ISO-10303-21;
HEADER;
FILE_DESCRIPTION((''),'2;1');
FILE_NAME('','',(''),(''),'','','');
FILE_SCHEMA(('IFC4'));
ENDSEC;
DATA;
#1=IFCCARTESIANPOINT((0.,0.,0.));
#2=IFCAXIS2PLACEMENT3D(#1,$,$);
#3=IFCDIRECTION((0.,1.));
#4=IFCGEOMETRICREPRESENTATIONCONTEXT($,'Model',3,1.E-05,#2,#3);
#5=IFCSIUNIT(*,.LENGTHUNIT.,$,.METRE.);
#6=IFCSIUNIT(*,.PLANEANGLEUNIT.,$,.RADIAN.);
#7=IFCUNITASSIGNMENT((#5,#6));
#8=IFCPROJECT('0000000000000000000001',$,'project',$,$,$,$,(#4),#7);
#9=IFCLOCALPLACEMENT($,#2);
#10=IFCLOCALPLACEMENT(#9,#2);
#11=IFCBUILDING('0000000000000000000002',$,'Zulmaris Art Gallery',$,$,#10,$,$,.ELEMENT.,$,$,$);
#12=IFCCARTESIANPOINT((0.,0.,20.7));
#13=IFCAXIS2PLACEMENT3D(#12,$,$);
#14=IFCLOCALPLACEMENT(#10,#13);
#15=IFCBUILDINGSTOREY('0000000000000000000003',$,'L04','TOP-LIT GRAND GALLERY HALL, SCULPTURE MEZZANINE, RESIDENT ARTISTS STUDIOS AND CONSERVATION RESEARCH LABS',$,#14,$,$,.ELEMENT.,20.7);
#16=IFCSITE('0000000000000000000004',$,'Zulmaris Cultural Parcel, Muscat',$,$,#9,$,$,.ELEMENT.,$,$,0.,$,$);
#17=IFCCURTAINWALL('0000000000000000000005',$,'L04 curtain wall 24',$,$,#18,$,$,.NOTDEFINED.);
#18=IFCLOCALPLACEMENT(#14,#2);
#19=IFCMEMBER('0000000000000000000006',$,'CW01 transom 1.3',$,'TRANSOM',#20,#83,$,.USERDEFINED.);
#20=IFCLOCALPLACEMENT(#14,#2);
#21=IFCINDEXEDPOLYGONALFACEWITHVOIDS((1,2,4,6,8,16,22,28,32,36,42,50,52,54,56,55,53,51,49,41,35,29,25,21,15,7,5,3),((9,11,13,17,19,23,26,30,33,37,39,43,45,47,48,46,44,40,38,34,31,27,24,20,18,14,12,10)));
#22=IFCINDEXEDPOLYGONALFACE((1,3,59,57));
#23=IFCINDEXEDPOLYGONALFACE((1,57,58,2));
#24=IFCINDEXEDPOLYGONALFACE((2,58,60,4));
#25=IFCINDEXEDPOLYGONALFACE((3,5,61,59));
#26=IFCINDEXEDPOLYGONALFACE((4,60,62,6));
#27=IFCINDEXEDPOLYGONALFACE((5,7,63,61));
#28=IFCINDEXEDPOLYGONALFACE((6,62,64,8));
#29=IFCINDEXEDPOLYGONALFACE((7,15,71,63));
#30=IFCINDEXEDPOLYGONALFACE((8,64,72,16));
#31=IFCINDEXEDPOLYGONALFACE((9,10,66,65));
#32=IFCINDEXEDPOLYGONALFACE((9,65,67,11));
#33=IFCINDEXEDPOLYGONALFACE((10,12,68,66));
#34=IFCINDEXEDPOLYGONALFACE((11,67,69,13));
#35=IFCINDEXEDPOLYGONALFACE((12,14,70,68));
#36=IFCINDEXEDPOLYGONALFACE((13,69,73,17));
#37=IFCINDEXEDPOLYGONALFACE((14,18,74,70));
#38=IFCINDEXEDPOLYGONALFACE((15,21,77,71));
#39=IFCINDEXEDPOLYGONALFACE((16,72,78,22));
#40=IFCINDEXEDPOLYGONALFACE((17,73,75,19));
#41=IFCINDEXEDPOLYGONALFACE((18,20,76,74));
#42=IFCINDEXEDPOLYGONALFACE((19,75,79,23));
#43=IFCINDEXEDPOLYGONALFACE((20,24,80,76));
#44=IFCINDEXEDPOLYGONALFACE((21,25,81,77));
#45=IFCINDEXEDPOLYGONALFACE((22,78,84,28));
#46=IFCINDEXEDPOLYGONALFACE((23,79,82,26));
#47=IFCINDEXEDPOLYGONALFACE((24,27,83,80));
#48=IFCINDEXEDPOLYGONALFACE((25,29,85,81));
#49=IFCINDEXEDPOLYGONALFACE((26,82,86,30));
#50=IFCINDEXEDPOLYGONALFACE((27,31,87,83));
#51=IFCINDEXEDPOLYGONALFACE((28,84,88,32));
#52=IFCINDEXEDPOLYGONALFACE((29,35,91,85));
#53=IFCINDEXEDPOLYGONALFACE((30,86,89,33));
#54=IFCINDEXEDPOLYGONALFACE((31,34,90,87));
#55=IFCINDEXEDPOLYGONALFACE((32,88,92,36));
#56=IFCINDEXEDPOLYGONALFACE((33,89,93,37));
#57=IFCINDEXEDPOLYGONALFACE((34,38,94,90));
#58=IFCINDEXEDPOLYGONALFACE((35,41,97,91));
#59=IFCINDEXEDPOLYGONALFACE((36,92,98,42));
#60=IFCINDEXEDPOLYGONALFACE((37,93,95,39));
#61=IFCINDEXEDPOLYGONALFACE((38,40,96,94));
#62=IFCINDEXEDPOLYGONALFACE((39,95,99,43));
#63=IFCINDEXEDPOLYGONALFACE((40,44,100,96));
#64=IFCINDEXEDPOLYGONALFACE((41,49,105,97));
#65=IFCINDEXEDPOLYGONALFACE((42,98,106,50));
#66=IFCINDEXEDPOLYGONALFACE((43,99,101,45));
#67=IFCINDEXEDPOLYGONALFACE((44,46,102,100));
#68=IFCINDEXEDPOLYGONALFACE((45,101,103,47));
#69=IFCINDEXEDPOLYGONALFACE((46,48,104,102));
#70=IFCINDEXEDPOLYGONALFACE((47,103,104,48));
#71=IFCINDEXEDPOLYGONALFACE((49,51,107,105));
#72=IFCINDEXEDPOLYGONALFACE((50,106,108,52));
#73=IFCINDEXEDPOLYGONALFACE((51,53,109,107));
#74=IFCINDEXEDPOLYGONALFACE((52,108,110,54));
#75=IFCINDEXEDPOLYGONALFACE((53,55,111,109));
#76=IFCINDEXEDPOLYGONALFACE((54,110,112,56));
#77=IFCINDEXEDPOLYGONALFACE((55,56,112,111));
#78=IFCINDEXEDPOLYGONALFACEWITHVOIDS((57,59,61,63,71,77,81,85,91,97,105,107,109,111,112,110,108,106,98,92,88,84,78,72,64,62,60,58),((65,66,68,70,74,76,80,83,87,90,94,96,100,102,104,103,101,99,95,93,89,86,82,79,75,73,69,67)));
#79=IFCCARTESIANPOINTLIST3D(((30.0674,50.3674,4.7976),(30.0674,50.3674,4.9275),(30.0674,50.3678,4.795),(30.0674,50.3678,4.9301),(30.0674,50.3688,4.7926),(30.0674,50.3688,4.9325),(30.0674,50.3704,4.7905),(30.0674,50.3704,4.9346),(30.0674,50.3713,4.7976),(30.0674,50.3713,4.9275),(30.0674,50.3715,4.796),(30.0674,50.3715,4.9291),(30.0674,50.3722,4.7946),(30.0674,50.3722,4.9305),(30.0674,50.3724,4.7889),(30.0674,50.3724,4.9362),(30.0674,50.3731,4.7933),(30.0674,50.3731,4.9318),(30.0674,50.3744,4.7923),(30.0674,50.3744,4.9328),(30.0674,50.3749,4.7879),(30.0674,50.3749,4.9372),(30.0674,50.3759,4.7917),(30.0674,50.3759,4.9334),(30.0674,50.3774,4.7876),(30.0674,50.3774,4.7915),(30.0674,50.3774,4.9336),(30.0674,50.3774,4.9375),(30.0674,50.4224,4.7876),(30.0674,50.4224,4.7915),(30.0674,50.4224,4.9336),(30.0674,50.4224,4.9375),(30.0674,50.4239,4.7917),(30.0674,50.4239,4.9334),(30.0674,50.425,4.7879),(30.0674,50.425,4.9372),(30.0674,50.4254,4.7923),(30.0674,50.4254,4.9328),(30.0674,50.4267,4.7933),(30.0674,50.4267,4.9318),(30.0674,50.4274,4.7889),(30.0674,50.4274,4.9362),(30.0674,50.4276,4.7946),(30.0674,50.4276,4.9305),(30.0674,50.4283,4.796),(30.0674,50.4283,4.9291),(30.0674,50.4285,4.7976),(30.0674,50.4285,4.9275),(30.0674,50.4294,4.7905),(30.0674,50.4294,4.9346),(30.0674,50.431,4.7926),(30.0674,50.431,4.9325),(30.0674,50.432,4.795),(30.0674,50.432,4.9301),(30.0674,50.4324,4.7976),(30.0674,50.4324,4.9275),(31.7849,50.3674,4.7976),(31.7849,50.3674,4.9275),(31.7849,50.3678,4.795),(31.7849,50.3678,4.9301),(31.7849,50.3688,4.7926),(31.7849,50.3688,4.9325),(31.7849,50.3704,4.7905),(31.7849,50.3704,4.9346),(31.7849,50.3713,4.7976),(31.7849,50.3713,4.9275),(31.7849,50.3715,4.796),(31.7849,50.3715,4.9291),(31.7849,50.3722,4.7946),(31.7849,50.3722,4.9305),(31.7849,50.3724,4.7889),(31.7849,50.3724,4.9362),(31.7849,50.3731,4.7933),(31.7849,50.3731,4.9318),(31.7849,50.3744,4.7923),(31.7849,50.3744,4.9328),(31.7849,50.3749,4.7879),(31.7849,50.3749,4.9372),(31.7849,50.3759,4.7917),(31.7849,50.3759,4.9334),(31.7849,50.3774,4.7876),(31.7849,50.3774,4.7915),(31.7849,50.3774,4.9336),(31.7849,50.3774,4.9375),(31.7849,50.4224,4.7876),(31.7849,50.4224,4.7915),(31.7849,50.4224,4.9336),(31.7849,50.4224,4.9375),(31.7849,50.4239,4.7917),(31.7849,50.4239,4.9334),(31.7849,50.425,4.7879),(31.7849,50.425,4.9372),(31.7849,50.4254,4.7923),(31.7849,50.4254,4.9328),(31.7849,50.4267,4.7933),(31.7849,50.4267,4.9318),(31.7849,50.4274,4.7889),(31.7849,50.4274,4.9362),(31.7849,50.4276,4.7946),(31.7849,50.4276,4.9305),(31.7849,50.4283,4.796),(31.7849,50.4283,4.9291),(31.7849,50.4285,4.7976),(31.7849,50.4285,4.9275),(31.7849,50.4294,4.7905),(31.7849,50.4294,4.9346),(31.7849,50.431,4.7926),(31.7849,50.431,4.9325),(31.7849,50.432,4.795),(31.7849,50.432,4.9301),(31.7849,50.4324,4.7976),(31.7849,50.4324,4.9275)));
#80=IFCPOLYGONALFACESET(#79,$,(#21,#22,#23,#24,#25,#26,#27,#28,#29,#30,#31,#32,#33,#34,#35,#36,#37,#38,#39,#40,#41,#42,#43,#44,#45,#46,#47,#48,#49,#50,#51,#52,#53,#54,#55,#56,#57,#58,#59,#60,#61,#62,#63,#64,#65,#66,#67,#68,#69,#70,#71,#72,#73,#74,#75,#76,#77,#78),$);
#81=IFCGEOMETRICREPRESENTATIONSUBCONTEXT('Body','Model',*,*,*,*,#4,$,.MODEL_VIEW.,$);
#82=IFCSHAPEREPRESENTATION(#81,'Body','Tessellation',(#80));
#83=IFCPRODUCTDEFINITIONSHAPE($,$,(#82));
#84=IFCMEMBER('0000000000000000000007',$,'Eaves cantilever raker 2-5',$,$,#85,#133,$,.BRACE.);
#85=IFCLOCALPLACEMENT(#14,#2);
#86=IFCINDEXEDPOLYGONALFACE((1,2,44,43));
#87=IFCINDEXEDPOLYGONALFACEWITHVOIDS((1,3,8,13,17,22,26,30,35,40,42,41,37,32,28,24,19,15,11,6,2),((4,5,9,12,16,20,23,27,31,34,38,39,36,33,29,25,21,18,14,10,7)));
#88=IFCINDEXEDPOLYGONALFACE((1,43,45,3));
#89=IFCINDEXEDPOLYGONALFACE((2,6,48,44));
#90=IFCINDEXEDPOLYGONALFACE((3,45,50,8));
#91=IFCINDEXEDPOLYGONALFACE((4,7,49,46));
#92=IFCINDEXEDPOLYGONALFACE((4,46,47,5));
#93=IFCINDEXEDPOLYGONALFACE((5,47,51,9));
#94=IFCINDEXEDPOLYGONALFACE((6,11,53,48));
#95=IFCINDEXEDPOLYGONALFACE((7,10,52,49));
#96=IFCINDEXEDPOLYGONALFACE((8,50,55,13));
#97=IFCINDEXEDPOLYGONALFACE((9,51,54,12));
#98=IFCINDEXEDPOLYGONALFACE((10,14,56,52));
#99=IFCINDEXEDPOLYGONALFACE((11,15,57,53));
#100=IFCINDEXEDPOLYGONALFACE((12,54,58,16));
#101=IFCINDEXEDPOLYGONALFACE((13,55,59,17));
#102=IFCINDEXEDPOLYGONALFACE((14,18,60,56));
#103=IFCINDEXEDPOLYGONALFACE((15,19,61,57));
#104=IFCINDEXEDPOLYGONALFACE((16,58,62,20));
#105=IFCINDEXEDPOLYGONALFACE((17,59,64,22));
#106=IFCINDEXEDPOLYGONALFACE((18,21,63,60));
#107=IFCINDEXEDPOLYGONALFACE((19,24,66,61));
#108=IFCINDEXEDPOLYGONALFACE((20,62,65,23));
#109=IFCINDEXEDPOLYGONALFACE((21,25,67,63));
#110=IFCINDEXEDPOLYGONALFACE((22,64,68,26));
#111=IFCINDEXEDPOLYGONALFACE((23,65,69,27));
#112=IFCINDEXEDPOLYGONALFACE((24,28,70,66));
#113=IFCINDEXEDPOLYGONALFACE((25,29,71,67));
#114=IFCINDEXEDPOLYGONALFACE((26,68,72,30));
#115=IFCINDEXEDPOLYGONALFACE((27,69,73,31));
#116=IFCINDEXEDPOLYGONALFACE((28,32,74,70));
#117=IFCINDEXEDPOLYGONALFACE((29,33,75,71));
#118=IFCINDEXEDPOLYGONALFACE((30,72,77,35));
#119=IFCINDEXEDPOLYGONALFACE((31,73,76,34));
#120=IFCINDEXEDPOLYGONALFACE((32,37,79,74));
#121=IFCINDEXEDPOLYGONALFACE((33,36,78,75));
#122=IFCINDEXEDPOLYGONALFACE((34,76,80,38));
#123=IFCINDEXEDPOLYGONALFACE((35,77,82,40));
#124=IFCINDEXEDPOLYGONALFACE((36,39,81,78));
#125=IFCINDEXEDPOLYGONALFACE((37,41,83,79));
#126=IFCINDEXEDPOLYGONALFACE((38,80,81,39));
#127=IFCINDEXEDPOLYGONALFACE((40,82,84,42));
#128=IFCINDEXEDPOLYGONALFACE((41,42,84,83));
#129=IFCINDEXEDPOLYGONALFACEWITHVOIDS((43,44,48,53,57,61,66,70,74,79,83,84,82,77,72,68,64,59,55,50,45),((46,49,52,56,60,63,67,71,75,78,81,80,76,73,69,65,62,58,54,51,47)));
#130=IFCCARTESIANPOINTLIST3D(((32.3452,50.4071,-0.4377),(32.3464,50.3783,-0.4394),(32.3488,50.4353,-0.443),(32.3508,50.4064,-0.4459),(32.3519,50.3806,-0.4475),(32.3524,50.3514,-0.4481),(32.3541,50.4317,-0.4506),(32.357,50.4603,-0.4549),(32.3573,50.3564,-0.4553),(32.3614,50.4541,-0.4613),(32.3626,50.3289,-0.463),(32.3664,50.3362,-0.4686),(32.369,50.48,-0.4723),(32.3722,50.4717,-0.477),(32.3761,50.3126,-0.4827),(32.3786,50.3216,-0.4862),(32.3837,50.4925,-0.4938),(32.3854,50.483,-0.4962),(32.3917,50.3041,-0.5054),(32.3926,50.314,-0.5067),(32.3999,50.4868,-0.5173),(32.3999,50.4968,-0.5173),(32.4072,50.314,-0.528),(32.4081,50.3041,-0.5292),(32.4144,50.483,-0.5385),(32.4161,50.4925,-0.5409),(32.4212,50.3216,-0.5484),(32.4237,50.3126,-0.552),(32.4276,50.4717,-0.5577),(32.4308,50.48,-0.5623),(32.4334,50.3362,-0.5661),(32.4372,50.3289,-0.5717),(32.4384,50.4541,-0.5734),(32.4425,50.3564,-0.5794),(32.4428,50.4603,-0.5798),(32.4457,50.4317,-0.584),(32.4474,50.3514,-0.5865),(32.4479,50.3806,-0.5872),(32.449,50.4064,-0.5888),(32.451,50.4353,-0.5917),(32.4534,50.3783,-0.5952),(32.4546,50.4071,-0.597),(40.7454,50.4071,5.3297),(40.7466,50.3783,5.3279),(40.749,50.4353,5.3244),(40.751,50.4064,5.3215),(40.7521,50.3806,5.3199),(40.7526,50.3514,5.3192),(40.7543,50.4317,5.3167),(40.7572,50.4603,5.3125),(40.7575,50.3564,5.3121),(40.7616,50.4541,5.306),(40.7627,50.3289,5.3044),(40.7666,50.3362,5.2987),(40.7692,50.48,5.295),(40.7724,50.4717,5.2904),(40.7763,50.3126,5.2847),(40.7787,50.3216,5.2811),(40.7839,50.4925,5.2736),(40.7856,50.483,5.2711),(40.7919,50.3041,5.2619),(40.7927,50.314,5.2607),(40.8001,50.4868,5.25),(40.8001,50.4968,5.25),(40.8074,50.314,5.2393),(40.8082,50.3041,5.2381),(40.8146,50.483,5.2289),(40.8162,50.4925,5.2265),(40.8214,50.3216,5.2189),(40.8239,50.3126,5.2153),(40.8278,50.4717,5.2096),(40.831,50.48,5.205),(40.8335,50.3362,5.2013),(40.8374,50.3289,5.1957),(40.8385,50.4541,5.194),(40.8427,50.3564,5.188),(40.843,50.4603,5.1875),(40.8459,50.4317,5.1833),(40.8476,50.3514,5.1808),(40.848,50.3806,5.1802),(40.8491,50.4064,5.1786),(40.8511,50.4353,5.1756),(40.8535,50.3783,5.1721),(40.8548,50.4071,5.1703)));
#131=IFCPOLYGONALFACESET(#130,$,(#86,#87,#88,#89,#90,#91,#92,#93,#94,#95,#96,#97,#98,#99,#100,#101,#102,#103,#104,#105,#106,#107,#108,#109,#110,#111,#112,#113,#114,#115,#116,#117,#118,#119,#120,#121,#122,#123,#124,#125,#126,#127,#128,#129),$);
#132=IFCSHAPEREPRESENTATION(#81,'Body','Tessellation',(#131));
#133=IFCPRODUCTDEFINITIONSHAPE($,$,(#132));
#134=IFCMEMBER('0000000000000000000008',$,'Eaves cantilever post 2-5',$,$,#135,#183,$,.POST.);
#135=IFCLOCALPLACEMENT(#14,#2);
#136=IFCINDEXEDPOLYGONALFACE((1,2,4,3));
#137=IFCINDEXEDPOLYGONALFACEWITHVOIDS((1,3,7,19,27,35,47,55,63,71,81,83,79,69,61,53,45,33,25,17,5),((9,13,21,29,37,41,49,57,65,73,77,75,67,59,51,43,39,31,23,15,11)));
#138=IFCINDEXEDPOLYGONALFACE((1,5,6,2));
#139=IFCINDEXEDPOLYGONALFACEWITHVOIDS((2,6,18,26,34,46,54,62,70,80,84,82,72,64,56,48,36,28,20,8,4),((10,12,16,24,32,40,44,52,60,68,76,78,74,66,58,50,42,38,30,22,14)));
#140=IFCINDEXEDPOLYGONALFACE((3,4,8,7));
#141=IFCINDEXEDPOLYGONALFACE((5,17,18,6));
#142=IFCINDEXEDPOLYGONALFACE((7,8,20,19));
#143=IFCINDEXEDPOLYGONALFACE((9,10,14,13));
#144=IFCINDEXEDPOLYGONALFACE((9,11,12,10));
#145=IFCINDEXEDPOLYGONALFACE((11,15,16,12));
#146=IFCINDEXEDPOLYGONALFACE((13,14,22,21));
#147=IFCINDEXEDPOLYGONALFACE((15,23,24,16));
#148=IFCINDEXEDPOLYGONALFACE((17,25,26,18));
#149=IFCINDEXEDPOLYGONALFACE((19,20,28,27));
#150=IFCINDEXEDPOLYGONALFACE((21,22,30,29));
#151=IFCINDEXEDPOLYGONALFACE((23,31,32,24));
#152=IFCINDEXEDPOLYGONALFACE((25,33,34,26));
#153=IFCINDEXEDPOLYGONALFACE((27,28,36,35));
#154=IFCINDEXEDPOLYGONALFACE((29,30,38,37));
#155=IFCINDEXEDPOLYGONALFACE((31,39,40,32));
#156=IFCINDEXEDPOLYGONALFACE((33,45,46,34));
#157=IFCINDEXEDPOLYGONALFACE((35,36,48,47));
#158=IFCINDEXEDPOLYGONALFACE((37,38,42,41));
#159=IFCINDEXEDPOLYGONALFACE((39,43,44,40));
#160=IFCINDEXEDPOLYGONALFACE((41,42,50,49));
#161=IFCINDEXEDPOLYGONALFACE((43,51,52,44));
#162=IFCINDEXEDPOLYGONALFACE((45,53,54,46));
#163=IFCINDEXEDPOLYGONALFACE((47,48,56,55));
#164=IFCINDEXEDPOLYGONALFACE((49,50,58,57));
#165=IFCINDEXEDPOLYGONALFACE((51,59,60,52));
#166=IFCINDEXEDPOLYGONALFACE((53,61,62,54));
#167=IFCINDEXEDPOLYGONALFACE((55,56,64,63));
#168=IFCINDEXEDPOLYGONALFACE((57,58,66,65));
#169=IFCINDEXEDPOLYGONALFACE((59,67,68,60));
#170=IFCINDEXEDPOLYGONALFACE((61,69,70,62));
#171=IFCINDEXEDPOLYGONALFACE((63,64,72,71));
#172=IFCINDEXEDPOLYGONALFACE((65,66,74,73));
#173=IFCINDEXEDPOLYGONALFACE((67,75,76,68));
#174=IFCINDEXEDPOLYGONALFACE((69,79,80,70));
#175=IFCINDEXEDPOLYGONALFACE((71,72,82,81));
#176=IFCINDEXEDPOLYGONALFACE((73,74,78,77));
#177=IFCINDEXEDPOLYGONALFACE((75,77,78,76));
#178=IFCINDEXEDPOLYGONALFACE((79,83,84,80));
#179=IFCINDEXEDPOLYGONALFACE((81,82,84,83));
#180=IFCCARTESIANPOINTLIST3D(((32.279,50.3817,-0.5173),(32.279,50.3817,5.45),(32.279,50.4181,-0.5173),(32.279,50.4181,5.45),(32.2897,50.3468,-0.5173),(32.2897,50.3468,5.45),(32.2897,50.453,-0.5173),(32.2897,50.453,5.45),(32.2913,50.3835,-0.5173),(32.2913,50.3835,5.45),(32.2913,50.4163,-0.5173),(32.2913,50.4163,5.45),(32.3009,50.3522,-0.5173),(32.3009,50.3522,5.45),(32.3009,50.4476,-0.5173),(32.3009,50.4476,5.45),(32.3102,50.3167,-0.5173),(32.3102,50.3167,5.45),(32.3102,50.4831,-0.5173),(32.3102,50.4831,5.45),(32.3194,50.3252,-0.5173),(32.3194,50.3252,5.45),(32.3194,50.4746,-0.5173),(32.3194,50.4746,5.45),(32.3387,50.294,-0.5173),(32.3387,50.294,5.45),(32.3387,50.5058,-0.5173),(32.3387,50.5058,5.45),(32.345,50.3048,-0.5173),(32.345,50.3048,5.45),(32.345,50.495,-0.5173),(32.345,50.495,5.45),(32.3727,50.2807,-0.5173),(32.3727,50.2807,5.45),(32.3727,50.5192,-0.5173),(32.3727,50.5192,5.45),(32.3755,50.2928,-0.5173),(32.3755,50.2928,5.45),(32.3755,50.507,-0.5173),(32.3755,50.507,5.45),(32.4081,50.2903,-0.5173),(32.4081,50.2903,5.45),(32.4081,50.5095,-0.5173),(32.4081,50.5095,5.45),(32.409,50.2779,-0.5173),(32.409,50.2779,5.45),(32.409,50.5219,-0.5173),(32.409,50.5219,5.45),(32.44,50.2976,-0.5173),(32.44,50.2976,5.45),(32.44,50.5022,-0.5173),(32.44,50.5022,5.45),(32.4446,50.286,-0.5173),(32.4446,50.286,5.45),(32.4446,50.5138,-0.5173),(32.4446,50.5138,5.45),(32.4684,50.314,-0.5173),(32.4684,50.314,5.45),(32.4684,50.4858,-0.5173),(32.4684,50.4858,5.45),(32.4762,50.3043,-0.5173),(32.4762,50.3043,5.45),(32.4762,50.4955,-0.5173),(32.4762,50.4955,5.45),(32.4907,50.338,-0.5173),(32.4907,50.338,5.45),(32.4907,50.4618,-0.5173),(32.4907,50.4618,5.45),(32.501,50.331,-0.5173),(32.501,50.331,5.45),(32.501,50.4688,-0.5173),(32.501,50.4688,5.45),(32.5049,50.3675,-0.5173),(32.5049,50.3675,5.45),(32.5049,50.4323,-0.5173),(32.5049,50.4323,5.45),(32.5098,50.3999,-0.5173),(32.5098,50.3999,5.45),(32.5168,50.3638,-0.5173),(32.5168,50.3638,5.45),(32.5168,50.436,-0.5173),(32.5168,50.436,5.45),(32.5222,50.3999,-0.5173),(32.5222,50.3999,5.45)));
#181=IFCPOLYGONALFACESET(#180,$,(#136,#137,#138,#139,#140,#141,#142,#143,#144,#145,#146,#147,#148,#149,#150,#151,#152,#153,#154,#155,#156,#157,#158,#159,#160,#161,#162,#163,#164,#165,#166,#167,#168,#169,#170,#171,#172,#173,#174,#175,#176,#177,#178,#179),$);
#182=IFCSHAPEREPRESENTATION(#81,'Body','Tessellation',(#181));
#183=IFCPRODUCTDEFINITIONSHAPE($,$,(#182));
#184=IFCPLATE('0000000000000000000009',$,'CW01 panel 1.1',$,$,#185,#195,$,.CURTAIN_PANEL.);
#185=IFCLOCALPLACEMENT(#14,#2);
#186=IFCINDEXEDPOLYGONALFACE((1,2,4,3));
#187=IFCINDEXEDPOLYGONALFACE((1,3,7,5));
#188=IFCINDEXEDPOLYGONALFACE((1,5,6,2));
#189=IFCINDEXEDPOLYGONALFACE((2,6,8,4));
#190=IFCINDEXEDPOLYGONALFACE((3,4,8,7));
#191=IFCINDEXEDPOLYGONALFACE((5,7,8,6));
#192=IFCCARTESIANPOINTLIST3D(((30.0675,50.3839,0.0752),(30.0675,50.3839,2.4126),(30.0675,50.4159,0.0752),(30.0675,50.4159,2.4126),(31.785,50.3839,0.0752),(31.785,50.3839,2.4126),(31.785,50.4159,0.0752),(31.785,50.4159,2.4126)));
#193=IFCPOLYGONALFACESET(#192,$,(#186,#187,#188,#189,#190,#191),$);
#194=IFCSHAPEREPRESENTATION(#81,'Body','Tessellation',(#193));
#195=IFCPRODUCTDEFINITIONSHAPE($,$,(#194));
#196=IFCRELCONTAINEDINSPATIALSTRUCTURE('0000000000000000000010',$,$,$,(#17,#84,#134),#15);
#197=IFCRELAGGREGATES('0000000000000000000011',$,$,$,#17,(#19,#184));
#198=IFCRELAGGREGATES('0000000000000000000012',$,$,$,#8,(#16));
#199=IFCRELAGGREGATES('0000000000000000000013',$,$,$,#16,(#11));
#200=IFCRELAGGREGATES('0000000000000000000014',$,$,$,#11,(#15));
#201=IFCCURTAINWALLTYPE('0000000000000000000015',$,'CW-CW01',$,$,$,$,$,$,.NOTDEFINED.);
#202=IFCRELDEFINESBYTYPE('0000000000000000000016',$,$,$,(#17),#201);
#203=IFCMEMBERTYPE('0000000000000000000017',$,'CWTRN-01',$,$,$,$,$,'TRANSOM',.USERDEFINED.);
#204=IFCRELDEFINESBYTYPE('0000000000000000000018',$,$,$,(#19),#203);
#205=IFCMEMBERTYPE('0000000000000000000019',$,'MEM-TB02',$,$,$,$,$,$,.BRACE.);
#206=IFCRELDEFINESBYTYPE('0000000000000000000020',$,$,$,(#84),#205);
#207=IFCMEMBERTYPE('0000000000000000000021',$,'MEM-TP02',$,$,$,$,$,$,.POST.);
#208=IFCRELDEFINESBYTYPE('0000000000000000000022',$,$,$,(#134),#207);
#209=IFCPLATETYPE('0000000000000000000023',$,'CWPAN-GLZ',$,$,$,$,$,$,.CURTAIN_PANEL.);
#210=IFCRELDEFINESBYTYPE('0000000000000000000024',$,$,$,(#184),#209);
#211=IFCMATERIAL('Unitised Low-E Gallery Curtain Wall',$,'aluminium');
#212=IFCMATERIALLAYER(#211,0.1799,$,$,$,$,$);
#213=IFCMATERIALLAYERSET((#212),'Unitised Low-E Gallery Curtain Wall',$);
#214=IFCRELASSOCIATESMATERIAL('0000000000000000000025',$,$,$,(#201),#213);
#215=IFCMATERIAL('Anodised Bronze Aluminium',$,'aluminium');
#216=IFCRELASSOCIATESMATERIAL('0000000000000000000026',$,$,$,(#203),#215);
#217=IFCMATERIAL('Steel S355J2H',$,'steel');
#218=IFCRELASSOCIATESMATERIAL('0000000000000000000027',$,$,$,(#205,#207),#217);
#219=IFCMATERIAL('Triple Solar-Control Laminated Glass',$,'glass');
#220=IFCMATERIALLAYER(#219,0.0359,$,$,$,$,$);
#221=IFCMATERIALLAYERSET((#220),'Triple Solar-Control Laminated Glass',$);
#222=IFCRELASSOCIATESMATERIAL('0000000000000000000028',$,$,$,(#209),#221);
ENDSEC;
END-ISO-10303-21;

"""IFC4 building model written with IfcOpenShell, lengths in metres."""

from ifc_helpers import new_model, si_unit, direction, frame, origin, origin_2d, place, context, subcontext, project, spatial, rectangle, hollow_rectangle, hollow_circle, extrude, material, layer, layer_set, material_profile, profile_set, type_object, element, aggregate, save


model = new_model("IFC4")

# Units and contexts
model_context = context("Model", 3, precision=1e-05, world=origin(), true_north=direction((0.0, 1.0)))
body_context = subcontext(model_context, "Body", "Model", "MODEL_VIEW")
ifc_project = project(units=[si_unit("LENGTHUNIT", "METRE"), si_unit("PLANEANGLEUNIT", "RADIAN")], contexts=[model_context])

# Site, building, storey
site_placement = place(None, origin())
site = spatial("IfcSite", under=ifc_project, at=site_placement, Name="Zulmaris Cultural Parcel, Muscat", CompositionType="ELEMENT", RefElevation=0.0)
building_placement = place(site_placement, origin())
building = spatial("IfcBuilding", under=site, at=building_placement, Name="Zulmaris Art Gallery", CompositionType="ELEMENT")
storey_placement = place(building_placement, frame((0.0, 0.0, 20.7)))
storey = spatial("IfcBuildingStorey", under=building, at=storey_placement, Name="L04", Description="TOP-LIT GRAND GALLERY HALL, SCULPTURE MEZZANINE, RESIDENT ARTISTS STUDIOS AND CONSERVATION RESEARCH LABS", CompositionType="ELEMENT", Elevation=20.7)

# Curtain wall
ifc_material_1 = material(Name="Unitised Low-E Gallery Curtain Wall", Category="aluminium")
ifc_layer_1 = layer(ifc_material_1, 0.1799)
ifc_layer_set_1 = layer_set([ifc_layer_1], Name="Unitised Low-E Gallery Curtain Wall")
curtain_wall_type = type_object("IfcCurtainWallType", Name="CW-CW01", PredefinedType="NOTDEFINED", material=ifc_layer_set_1)
curtain_wall_1_placement = place(storey_placement, origin())
curtain_wall_1 = element("IfcCurtainWall", 1, at=curtain_wall_1_placement, inside=storey, type_object=curtain_wall_type, Name="L04 curtain wall 24", PredefinedType="NOTDEFINED")
ifc_material_2 = material(Name="Anodised Bronze Aluminium", Category="aluminium")

# Member
ifc_material_profile_1 = material_profile(ifc_material_2, hollow_rectangle(XDim=0.0649, YDim=0.1499, WallThickness=0.0039, InnerFilletRadius=0.0061, OuterFilletRadius=0.01, at=origin_2d()), Name="ALU 65x150x4")
ifc_profile_set_1 = profile_set([ifc_material_profile_1], Name="Anodised Bronze Aluminium")
member_type_1 = type_object("IfcMemberType", Name="CWTRN-01", ElementType="TRANSOM", PredefinedType="USERDEFINED", material=ifc_profile_set_1)
member_1_placement = place(storey_placement, frame((31.7849, 50.3999, 4.8625), z_axis=(-1.0, 0.0, 0.0), x_axis=(0.0, -1.0, 0.0)))
member_1 = element("IfcMember", 2, at=member_1_placement, type_object=member_type_1, Name="CW01 transom 1.3", ObjectType="TRANSOM", PredefinedType="USERDEFINED", context=body_context, shape_type="SweptSolid", body=[
    extrude(hollow_rectangle(XDim=0.0649, YDim=0.1499, WallThickness=0.0039, InnerFilletRadius=0.0061, OuterFilletRadius=0.01, at=origin_2d()), origin(), (0.0, 0.0, 1.0), 1.7175),
])

# Members
ifc_material_3 = material(Name="Steel S355J2H", Category="steel")
ifc_material_profile_2 = material_profile(ifc_material_3, hollow_circle(Radius=0.0969, WallThickness=0.01, at=origin_2d()), Name="CHS 193.7x10")
ifc_profile_set_2 = profile_set([ifc_material_profile_2], Name="Steel S355J2H")
member_type_2 = type_object("IfcMemberType", Name="MEM-TB02", PredefinedType="BRACE", material=ifc_profile_set_2)
member_2_placement = place(storey_placement, frame((32.3999, 50.3999, -0.5173), z_axis=(0.824398, 0.0, 0.566011), x_axis=(0.0, 1.0, 0.0)))
element("IfcMember", 3, at=member_2_placement, inside=storey, type_object=member_type_2, Name="Eaves cantilever raker 2-5", PredefinedType="BRACE", context=body_context, shape_type="SweptSolid", body=[
    extrude(hollow_circle(Radius=0.0969, WallThickness=0.01, at=origin_2d()), origin(), (0.0, 0.0, 1.0), 10.1895),
])
ifc_material_profile_3 = material_profile(ifc_material_3, hollow_circle(Radius=0.1223, WallThickness=0.0125, at=origin_2d()), Name="CHS 244.5x12.5")
ifc_profile_set_3 = profile_set([ifc_material_profile_3], Name="Steel S355J2H")
member_type_3 = type_object("IfcMemberType", Name="MEM-TP02", PredefinedType="POST", material=ifc_profile_set_3)
member_3_placement = place(storey_placement, frame((32.3999, 50.3999, -0.5173), z_axis=(0.0, 0.0, 1.0), x_axis=(1.0, 0.0, 0.0)))
element("IfcMember", 4, at=member_3_placement, inside=storey, type_object=member_type_3, Name="Eaves cantilever post 2-5", PredefinedType="POST", context=body_context, shape_type="SweptSolid", body=[
    extrude(hollow_circle(Radius=0.1223, WallThickness=0.0125, at=origin_2d()), origin(), (0.0, 0.0, 1.0), 5.9673),
])

# Plate
ifc_material_4 = material(Name="Triple Solar-Control Laminated Glass", Category="glass")
ifc_layer_2 = layer(ifc_material_4, 0.0359)
ifc_layer_set_2 = layer_set([ifc_layer_2], Name="Triple Solar-Control Laminated Glass")
plate_type_1 = type_object("IfcPlateType", Name="CWPAN-GLZ", PredefinedType="CURTAIN_PANEL", material=ifc_layer_set_2)
plate_1_placement = place(storey_placement, frame((30.9263, 50.3999, 0.0752), z_axis=(0.0, 0.0, 1.0), x_axis=(-1.0, 0.0, 0.0)))
plate_1 = element("IfcPlate", 5, at=plate_1_placement, type_object=plate_type_1, Name="CW01 panel 1.1", PredefinedType="CURTAIN_PANEL", context=body_context, shape_type="SweptSolid", body=[
    extrude(rectangle(XDim=1.7175, YDim=0.032, at=origin_2d()), origin(), (0.0, 0.0, 1.0), 2.3374),
])
aggregate(curtain_wall_1, [member_1, plate_1])

save(model, "model.ifc")
